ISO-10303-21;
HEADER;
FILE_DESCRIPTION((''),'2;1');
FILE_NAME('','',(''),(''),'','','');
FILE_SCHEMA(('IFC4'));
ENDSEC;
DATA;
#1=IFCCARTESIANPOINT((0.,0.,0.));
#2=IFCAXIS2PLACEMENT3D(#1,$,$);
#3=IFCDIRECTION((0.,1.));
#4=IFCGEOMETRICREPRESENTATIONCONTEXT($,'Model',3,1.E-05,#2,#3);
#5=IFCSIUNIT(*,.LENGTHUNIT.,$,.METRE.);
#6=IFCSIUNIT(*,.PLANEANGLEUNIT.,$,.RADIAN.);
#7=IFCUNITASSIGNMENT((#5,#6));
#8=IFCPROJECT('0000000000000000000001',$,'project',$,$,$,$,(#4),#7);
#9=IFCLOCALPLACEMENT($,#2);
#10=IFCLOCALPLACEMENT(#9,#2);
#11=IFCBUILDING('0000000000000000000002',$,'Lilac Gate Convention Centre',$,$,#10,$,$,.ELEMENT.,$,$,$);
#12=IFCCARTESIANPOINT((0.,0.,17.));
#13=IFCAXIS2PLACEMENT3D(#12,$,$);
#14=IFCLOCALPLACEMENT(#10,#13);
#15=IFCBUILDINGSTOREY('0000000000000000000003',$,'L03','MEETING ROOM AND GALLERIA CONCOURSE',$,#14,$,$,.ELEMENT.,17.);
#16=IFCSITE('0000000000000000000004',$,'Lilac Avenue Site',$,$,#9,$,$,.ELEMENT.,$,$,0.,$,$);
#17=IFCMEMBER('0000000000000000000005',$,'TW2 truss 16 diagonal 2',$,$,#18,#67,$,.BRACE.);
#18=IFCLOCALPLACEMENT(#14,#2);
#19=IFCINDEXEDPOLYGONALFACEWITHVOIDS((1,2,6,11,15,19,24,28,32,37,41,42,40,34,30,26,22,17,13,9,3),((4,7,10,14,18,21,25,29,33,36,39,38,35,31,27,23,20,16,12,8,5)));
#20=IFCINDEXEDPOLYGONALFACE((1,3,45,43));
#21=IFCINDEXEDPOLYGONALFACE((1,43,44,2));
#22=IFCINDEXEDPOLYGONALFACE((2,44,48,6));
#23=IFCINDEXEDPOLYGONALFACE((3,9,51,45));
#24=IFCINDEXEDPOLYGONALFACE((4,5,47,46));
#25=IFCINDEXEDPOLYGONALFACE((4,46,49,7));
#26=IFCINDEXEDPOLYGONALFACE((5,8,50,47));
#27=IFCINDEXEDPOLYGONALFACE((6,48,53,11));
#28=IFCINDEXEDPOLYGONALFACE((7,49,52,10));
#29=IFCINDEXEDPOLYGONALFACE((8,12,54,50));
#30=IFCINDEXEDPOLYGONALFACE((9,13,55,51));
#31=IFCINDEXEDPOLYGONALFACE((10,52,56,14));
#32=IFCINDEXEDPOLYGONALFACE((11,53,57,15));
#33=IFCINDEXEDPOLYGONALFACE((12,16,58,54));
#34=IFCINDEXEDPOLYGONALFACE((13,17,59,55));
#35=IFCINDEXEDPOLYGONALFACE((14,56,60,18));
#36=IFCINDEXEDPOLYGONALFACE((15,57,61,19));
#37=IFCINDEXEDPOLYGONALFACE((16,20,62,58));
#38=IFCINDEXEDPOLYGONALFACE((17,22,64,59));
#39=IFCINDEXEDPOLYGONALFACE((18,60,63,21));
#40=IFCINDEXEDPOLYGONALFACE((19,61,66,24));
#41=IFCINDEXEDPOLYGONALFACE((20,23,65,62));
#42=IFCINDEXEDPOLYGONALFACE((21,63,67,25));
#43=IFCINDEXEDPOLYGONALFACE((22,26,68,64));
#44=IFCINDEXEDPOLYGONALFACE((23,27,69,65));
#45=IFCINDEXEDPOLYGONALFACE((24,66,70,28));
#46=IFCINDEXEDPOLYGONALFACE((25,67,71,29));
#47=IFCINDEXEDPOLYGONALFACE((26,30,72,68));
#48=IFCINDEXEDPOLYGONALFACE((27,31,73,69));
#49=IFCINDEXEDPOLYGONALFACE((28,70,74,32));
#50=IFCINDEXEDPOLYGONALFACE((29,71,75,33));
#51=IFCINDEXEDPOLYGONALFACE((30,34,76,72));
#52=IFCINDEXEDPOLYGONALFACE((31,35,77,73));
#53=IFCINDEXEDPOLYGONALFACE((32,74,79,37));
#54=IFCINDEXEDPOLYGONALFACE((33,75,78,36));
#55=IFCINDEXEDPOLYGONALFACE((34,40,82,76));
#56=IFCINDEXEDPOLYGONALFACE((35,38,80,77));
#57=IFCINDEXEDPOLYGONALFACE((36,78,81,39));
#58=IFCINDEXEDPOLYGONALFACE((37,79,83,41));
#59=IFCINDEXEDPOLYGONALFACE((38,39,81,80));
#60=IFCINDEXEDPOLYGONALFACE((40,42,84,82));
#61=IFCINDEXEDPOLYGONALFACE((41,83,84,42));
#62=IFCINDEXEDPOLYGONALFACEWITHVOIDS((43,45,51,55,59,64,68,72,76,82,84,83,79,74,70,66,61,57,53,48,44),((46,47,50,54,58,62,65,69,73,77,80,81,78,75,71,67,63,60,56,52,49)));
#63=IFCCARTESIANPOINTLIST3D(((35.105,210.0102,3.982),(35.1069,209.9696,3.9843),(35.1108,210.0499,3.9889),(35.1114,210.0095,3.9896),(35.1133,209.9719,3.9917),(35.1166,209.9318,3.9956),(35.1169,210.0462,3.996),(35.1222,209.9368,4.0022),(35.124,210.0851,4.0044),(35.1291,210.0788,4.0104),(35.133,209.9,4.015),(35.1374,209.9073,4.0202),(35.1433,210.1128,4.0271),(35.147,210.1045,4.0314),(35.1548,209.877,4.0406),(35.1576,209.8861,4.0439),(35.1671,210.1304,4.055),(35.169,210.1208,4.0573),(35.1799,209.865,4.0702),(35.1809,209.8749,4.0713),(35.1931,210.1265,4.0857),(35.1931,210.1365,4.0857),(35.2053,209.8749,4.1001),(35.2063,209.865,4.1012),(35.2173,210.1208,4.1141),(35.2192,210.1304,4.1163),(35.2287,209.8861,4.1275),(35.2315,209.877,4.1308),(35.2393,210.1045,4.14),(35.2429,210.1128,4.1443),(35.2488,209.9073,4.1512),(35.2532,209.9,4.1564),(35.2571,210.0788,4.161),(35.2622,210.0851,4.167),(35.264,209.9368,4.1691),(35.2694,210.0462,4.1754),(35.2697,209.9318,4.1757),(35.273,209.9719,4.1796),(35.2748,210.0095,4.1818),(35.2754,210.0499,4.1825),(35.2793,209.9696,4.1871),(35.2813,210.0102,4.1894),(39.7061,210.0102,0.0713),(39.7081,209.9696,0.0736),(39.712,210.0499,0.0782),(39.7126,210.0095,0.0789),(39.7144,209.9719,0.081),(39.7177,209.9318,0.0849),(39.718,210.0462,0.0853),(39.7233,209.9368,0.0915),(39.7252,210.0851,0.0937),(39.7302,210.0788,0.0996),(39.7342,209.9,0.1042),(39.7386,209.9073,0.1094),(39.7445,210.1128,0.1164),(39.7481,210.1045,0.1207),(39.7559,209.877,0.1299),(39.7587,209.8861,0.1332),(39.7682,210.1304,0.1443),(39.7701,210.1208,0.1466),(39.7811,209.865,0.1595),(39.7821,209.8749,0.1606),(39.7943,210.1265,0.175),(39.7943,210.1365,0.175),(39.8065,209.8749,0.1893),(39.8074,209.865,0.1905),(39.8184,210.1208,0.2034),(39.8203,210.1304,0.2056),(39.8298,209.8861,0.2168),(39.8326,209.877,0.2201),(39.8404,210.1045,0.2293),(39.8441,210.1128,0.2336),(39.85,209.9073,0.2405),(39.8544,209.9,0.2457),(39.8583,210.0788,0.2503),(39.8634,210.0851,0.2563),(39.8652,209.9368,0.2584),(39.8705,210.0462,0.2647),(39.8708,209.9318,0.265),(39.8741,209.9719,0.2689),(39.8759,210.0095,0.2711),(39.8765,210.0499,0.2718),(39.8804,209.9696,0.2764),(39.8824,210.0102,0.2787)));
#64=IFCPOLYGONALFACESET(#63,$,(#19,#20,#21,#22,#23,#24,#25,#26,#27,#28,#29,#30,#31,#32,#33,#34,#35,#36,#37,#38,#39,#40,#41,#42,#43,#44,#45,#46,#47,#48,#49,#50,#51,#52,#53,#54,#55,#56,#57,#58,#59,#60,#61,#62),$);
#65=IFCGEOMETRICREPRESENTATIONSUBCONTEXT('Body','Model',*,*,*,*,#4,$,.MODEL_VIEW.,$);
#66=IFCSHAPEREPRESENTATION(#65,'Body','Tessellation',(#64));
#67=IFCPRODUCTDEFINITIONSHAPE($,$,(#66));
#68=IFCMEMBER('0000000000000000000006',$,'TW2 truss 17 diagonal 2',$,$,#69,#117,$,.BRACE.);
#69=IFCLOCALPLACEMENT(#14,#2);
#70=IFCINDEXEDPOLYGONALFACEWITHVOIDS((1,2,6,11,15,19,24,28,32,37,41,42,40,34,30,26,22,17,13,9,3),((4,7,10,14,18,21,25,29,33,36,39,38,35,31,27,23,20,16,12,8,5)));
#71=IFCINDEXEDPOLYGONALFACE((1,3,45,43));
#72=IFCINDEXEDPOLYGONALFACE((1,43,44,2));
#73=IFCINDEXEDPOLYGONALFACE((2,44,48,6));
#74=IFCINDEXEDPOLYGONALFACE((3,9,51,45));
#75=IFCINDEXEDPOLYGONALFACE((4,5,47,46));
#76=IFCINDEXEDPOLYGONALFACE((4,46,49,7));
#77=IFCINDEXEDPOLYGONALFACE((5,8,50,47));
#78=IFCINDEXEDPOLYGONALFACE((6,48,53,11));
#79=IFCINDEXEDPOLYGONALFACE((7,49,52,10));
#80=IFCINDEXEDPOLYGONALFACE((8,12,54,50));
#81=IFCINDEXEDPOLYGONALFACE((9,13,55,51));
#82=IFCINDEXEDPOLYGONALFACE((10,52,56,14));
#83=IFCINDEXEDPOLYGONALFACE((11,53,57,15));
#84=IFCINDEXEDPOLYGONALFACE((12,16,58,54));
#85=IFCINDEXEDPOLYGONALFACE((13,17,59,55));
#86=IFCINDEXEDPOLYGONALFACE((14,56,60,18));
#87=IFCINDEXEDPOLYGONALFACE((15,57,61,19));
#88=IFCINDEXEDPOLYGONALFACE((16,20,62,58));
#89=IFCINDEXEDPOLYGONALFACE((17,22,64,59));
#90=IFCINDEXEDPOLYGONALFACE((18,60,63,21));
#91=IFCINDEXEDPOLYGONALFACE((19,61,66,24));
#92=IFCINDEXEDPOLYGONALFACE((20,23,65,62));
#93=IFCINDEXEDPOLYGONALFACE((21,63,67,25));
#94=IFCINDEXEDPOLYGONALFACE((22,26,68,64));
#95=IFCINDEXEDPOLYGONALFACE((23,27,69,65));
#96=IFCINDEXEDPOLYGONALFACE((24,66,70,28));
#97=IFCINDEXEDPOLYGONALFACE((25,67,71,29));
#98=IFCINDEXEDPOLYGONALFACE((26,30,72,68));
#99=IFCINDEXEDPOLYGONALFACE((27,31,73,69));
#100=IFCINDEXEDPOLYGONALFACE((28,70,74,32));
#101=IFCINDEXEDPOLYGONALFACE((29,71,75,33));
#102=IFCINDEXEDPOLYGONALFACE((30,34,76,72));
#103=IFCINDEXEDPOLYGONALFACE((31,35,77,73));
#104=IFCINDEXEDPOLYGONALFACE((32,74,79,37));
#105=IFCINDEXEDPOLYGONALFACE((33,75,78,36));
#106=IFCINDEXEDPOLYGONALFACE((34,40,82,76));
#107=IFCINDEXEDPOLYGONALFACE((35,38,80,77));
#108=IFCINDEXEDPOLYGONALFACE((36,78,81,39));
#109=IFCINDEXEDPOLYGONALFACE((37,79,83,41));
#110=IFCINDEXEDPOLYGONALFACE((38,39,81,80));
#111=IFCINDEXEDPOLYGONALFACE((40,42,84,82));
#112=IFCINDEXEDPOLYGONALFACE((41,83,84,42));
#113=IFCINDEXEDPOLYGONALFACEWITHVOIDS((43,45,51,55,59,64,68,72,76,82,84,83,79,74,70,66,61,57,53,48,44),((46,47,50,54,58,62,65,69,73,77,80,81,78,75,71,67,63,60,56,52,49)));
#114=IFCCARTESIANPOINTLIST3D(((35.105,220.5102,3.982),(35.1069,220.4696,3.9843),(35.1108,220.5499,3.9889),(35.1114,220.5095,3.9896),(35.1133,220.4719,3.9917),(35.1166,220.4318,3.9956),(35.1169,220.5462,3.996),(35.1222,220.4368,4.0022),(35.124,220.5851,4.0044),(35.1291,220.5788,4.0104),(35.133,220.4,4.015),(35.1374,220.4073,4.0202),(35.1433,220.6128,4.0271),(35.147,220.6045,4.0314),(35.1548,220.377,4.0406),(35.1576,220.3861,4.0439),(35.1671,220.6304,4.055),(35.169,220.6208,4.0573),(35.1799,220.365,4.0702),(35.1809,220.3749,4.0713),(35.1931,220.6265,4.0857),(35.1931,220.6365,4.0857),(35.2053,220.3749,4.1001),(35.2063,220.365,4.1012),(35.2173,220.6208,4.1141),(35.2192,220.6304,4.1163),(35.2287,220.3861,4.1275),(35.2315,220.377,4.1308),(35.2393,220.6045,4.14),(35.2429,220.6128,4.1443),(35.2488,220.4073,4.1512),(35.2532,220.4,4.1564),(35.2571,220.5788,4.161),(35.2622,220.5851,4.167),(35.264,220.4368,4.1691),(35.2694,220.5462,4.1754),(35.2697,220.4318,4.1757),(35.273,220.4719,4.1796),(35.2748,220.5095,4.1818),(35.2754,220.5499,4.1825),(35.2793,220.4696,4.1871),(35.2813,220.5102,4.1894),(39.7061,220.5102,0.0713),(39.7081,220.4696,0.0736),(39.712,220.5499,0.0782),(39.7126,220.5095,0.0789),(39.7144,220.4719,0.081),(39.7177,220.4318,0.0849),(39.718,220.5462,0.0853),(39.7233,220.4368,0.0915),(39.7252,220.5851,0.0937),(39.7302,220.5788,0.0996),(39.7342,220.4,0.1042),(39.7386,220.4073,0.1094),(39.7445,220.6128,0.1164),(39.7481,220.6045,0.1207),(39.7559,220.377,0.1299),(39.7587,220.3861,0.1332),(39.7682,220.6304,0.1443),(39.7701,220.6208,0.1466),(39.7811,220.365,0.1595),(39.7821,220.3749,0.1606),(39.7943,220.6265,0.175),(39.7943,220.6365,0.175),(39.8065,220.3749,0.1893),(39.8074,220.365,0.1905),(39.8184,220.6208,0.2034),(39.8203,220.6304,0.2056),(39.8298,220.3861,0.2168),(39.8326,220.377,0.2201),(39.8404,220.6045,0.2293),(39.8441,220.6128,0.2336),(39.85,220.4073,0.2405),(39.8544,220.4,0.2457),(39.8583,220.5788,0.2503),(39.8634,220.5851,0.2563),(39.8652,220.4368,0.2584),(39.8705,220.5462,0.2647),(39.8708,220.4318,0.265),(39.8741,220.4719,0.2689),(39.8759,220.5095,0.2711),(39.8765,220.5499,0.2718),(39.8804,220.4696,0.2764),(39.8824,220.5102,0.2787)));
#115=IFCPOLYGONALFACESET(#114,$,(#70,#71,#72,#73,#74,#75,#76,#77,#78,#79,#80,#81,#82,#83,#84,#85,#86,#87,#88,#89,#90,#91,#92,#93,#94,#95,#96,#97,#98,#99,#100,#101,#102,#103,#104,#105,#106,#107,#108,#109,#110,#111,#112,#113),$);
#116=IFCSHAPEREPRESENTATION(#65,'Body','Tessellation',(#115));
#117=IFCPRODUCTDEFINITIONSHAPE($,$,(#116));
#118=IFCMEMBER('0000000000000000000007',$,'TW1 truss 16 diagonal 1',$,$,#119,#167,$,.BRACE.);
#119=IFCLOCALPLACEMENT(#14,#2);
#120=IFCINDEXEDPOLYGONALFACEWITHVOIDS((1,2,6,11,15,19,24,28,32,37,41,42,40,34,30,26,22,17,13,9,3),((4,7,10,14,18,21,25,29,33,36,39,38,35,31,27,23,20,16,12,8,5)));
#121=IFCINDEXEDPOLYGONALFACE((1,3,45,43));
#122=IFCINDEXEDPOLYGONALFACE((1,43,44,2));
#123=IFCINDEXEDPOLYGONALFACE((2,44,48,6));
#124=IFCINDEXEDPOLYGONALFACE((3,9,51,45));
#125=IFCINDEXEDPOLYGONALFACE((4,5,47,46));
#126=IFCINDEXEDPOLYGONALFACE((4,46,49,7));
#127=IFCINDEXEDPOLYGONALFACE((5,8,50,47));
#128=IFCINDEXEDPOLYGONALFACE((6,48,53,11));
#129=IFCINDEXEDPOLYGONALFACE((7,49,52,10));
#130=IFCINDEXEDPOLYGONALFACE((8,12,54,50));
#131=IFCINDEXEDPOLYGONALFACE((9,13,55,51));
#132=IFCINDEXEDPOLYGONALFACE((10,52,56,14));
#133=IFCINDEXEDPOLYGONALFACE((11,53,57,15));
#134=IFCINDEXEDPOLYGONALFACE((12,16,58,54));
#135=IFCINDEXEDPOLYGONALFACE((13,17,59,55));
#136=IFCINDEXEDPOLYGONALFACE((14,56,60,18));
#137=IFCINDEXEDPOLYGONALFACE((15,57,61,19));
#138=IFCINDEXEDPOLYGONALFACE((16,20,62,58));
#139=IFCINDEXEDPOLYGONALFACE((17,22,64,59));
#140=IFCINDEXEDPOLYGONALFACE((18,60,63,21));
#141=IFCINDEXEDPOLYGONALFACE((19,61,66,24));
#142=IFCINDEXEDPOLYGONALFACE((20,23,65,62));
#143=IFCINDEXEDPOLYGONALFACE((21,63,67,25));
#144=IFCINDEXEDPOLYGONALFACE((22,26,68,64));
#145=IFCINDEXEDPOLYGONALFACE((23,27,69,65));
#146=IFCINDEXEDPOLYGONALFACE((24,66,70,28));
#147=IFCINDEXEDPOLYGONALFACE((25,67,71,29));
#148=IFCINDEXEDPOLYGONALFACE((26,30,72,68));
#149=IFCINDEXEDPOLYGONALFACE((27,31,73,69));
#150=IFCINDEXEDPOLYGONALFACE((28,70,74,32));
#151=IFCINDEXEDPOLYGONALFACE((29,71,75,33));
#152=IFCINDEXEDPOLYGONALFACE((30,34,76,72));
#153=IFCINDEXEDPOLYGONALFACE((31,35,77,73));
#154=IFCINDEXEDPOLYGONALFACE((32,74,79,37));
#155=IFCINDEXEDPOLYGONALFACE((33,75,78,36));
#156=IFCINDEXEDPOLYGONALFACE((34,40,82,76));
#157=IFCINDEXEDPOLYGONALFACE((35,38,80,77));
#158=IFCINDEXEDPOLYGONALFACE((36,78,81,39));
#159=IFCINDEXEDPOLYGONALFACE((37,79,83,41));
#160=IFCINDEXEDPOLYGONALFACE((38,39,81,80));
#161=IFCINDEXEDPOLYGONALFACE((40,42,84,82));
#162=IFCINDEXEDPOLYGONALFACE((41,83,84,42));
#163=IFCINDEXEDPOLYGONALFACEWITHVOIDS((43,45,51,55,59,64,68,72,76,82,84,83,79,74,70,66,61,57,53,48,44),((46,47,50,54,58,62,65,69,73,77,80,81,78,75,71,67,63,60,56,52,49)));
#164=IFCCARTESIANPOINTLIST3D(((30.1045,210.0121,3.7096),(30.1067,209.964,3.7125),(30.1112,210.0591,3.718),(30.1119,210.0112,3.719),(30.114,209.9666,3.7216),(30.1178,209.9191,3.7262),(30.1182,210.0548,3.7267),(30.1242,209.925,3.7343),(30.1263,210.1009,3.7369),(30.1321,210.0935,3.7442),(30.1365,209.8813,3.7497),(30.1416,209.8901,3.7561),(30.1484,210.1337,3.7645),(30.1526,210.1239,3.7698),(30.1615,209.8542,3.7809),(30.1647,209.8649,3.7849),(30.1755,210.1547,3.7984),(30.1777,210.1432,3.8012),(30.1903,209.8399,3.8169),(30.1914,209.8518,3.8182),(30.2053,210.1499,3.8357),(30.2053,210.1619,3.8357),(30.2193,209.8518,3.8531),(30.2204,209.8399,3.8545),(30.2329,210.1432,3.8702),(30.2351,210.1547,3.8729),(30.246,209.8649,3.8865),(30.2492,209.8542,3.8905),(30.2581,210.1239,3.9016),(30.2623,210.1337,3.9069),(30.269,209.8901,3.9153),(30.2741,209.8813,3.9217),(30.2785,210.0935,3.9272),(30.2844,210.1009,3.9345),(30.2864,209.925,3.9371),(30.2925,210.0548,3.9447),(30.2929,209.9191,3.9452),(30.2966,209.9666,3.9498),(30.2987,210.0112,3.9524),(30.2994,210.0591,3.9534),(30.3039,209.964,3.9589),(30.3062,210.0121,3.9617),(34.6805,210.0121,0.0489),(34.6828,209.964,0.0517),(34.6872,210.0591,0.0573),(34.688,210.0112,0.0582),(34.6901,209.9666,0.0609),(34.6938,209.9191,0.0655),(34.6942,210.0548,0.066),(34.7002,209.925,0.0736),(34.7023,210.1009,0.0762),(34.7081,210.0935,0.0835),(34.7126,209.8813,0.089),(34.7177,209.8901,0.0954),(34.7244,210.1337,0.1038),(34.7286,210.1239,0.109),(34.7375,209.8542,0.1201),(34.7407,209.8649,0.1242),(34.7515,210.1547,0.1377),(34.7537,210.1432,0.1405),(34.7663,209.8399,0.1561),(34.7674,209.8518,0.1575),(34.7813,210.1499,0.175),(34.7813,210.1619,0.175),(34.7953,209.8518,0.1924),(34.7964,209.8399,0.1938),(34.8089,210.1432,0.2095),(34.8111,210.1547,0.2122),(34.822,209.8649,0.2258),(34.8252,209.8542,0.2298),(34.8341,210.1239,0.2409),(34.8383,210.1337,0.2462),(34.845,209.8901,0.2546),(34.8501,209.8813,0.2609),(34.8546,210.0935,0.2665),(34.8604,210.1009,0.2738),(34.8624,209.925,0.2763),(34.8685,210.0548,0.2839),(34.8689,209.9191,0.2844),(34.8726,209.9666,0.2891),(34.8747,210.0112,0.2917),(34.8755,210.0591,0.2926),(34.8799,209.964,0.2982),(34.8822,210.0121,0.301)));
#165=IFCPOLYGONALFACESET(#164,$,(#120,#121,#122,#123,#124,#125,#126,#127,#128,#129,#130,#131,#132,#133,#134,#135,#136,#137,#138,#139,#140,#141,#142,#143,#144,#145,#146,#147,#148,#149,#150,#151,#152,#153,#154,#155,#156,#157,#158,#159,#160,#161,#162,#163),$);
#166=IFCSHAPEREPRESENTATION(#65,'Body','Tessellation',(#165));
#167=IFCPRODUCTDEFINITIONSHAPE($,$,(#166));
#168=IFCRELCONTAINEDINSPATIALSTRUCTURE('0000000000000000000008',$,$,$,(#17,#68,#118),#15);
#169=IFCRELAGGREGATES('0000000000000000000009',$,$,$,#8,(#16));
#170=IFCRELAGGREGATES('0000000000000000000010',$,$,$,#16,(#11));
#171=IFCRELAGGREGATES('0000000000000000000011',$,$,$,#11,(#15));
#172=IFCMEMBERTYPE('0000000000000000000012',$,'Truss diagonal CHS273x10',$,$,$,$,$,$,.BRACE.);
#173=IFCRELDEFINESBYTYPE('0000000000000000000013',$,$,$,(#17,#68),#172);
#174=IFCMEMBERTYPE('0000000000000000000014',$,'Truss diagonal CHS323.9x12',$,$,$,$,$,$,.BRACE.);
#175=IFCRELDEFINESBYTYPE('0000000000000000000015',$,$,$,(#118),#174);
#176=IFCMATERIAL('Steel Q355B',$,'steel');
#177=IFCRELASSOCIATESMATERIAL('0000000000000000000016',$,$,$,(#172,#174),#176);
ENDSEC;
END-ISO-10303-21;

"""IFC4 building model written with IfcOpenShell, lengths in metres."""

from ifc_helpers import new_model, si_unit, direction, frame, origin, origin_2d, place, context, subcontext, project, spatial, hollow_circle, extrude, material, material_profile, profile_set, type_object, element, save


model = new_model("IFC4")

# Units and contexts
model_context = context("Model", 3, precision=1e-05, world=origin(), true_north=direction((0.0, 1.0)))
body_context = subcontext(model_context, "Body", "Model", "MODEL_VIEW")
ifc_project = project(units=[si_unit("LENGTHUNIT", "METRE"), si_unit("PLANEANGLEUNIT", "RADIAN")], contexts=[model_context])

# Site, building, storey
site_placement = place(None, origin())
site = spatial("IfcSite", under=ifc_project, at=site_placement, Name="Lilac Avenue Site", CompositionType="ELEMENT", RefElevation=0.0)
building_placement = place(site_placement, origin())
building = spatial("IfcBuilding", under=site, at=building_placement, Name="Lilac Gate Convention Centre", CompositionType="ELEMENT")
storey_placement = place(building_placement, frame((0.0, 0.0, 17.0)))
storey = spatial("IfcBuildingStorey", under=building, at=storey_placement, Name="L03", Description="MEETING ROOM AND GALLERIA CONCOURSE", CompositionType="ELEMENT", Elevation=17.0)

# Members
ifc_material = material(Name="Steel Q355B", Category="steel")
ifc_material_profile_1 = material_profile(ifc_material, hollow_circle(Radius=0.1365, WallThickness=0.01, at=origin_2d()), Name="CHS273x10")
ifc_profile_set_1 = profile_set([ifc_material_profile_1], Name="Steel Q355B")
member_type_1 = type_object("IfcMemberType", Name="Truss diagonal CHS273x10", PredefinedType="BRACE", material=ifc_profile_set_1)
for number, where, z_axis, x_axis, name in (
    (1, (35.1931, 210.0, 4.0857), (0.761961, 0.0, -0.647623), (0.0, 1.0, 0.0), "TW2 truss 16 diagonal 2"),
    (2, (35.1931, 220.5, 4.0857), (0.761961, 0.0, -0.647623), (0.0, 1.0, 0.0), "TW2 truss 17 diagonal 2"),
):
    element("IfcMember", number, at=place(storey_placement, frame(where, z_axis=z_axis, x_axis=x_axis)), inside=storey, type_object=member_type_1, Name=name, PredefinedType="BRACE", context=body_context, shape_type="SweptSolid", body=[
        extrude(hollow_circle(Radius=0.1365, WallThickness=0.01, at=origin_2d()), origin(), (0.0, 0.0, 1.0), 6.0386),
    ])
ifc_material_profile_2 = material_profile(ifc_material, hollow_circle(Radius=0.1619, WallThickness=0.012, at=origin_2d()), Name="CHS323.9x12")
ifc_profile_set_2 = profile_set([ifc_material_profile_2], Name="Steel Q355B")
member_type_2 = type_object("IfcMemberType", Name="Truss diagonal CHS323.9x12", PredefinedType="BRACE", material=ifc_profile_set_2)
for number, where, z_axis, x_axis, name in (
    (3, (30.2053, 210.0, 3.8357), (0.780877, 0.0, -0.624685), (0.0, 1.0, 0.0), "TW1 truss 16 diagonal 1"),
):
    element("IfcMember", number, at=place(storey_placement, frame(where, z_axis=z_axis, x_axis=x_axis)), inside=storey, type_object=member_type_2, Name=name, PredefinedType="BRACE", context=body_context, shape_type="SweptSolid", body=[
        extrude(hollow_circle(Radius=0.1619, WallThickness=0.012, at=origin_2d()), origin(), (0.0, 0.0, 1.0), 5.8601),
    ])

save(model, "model.ifc")
